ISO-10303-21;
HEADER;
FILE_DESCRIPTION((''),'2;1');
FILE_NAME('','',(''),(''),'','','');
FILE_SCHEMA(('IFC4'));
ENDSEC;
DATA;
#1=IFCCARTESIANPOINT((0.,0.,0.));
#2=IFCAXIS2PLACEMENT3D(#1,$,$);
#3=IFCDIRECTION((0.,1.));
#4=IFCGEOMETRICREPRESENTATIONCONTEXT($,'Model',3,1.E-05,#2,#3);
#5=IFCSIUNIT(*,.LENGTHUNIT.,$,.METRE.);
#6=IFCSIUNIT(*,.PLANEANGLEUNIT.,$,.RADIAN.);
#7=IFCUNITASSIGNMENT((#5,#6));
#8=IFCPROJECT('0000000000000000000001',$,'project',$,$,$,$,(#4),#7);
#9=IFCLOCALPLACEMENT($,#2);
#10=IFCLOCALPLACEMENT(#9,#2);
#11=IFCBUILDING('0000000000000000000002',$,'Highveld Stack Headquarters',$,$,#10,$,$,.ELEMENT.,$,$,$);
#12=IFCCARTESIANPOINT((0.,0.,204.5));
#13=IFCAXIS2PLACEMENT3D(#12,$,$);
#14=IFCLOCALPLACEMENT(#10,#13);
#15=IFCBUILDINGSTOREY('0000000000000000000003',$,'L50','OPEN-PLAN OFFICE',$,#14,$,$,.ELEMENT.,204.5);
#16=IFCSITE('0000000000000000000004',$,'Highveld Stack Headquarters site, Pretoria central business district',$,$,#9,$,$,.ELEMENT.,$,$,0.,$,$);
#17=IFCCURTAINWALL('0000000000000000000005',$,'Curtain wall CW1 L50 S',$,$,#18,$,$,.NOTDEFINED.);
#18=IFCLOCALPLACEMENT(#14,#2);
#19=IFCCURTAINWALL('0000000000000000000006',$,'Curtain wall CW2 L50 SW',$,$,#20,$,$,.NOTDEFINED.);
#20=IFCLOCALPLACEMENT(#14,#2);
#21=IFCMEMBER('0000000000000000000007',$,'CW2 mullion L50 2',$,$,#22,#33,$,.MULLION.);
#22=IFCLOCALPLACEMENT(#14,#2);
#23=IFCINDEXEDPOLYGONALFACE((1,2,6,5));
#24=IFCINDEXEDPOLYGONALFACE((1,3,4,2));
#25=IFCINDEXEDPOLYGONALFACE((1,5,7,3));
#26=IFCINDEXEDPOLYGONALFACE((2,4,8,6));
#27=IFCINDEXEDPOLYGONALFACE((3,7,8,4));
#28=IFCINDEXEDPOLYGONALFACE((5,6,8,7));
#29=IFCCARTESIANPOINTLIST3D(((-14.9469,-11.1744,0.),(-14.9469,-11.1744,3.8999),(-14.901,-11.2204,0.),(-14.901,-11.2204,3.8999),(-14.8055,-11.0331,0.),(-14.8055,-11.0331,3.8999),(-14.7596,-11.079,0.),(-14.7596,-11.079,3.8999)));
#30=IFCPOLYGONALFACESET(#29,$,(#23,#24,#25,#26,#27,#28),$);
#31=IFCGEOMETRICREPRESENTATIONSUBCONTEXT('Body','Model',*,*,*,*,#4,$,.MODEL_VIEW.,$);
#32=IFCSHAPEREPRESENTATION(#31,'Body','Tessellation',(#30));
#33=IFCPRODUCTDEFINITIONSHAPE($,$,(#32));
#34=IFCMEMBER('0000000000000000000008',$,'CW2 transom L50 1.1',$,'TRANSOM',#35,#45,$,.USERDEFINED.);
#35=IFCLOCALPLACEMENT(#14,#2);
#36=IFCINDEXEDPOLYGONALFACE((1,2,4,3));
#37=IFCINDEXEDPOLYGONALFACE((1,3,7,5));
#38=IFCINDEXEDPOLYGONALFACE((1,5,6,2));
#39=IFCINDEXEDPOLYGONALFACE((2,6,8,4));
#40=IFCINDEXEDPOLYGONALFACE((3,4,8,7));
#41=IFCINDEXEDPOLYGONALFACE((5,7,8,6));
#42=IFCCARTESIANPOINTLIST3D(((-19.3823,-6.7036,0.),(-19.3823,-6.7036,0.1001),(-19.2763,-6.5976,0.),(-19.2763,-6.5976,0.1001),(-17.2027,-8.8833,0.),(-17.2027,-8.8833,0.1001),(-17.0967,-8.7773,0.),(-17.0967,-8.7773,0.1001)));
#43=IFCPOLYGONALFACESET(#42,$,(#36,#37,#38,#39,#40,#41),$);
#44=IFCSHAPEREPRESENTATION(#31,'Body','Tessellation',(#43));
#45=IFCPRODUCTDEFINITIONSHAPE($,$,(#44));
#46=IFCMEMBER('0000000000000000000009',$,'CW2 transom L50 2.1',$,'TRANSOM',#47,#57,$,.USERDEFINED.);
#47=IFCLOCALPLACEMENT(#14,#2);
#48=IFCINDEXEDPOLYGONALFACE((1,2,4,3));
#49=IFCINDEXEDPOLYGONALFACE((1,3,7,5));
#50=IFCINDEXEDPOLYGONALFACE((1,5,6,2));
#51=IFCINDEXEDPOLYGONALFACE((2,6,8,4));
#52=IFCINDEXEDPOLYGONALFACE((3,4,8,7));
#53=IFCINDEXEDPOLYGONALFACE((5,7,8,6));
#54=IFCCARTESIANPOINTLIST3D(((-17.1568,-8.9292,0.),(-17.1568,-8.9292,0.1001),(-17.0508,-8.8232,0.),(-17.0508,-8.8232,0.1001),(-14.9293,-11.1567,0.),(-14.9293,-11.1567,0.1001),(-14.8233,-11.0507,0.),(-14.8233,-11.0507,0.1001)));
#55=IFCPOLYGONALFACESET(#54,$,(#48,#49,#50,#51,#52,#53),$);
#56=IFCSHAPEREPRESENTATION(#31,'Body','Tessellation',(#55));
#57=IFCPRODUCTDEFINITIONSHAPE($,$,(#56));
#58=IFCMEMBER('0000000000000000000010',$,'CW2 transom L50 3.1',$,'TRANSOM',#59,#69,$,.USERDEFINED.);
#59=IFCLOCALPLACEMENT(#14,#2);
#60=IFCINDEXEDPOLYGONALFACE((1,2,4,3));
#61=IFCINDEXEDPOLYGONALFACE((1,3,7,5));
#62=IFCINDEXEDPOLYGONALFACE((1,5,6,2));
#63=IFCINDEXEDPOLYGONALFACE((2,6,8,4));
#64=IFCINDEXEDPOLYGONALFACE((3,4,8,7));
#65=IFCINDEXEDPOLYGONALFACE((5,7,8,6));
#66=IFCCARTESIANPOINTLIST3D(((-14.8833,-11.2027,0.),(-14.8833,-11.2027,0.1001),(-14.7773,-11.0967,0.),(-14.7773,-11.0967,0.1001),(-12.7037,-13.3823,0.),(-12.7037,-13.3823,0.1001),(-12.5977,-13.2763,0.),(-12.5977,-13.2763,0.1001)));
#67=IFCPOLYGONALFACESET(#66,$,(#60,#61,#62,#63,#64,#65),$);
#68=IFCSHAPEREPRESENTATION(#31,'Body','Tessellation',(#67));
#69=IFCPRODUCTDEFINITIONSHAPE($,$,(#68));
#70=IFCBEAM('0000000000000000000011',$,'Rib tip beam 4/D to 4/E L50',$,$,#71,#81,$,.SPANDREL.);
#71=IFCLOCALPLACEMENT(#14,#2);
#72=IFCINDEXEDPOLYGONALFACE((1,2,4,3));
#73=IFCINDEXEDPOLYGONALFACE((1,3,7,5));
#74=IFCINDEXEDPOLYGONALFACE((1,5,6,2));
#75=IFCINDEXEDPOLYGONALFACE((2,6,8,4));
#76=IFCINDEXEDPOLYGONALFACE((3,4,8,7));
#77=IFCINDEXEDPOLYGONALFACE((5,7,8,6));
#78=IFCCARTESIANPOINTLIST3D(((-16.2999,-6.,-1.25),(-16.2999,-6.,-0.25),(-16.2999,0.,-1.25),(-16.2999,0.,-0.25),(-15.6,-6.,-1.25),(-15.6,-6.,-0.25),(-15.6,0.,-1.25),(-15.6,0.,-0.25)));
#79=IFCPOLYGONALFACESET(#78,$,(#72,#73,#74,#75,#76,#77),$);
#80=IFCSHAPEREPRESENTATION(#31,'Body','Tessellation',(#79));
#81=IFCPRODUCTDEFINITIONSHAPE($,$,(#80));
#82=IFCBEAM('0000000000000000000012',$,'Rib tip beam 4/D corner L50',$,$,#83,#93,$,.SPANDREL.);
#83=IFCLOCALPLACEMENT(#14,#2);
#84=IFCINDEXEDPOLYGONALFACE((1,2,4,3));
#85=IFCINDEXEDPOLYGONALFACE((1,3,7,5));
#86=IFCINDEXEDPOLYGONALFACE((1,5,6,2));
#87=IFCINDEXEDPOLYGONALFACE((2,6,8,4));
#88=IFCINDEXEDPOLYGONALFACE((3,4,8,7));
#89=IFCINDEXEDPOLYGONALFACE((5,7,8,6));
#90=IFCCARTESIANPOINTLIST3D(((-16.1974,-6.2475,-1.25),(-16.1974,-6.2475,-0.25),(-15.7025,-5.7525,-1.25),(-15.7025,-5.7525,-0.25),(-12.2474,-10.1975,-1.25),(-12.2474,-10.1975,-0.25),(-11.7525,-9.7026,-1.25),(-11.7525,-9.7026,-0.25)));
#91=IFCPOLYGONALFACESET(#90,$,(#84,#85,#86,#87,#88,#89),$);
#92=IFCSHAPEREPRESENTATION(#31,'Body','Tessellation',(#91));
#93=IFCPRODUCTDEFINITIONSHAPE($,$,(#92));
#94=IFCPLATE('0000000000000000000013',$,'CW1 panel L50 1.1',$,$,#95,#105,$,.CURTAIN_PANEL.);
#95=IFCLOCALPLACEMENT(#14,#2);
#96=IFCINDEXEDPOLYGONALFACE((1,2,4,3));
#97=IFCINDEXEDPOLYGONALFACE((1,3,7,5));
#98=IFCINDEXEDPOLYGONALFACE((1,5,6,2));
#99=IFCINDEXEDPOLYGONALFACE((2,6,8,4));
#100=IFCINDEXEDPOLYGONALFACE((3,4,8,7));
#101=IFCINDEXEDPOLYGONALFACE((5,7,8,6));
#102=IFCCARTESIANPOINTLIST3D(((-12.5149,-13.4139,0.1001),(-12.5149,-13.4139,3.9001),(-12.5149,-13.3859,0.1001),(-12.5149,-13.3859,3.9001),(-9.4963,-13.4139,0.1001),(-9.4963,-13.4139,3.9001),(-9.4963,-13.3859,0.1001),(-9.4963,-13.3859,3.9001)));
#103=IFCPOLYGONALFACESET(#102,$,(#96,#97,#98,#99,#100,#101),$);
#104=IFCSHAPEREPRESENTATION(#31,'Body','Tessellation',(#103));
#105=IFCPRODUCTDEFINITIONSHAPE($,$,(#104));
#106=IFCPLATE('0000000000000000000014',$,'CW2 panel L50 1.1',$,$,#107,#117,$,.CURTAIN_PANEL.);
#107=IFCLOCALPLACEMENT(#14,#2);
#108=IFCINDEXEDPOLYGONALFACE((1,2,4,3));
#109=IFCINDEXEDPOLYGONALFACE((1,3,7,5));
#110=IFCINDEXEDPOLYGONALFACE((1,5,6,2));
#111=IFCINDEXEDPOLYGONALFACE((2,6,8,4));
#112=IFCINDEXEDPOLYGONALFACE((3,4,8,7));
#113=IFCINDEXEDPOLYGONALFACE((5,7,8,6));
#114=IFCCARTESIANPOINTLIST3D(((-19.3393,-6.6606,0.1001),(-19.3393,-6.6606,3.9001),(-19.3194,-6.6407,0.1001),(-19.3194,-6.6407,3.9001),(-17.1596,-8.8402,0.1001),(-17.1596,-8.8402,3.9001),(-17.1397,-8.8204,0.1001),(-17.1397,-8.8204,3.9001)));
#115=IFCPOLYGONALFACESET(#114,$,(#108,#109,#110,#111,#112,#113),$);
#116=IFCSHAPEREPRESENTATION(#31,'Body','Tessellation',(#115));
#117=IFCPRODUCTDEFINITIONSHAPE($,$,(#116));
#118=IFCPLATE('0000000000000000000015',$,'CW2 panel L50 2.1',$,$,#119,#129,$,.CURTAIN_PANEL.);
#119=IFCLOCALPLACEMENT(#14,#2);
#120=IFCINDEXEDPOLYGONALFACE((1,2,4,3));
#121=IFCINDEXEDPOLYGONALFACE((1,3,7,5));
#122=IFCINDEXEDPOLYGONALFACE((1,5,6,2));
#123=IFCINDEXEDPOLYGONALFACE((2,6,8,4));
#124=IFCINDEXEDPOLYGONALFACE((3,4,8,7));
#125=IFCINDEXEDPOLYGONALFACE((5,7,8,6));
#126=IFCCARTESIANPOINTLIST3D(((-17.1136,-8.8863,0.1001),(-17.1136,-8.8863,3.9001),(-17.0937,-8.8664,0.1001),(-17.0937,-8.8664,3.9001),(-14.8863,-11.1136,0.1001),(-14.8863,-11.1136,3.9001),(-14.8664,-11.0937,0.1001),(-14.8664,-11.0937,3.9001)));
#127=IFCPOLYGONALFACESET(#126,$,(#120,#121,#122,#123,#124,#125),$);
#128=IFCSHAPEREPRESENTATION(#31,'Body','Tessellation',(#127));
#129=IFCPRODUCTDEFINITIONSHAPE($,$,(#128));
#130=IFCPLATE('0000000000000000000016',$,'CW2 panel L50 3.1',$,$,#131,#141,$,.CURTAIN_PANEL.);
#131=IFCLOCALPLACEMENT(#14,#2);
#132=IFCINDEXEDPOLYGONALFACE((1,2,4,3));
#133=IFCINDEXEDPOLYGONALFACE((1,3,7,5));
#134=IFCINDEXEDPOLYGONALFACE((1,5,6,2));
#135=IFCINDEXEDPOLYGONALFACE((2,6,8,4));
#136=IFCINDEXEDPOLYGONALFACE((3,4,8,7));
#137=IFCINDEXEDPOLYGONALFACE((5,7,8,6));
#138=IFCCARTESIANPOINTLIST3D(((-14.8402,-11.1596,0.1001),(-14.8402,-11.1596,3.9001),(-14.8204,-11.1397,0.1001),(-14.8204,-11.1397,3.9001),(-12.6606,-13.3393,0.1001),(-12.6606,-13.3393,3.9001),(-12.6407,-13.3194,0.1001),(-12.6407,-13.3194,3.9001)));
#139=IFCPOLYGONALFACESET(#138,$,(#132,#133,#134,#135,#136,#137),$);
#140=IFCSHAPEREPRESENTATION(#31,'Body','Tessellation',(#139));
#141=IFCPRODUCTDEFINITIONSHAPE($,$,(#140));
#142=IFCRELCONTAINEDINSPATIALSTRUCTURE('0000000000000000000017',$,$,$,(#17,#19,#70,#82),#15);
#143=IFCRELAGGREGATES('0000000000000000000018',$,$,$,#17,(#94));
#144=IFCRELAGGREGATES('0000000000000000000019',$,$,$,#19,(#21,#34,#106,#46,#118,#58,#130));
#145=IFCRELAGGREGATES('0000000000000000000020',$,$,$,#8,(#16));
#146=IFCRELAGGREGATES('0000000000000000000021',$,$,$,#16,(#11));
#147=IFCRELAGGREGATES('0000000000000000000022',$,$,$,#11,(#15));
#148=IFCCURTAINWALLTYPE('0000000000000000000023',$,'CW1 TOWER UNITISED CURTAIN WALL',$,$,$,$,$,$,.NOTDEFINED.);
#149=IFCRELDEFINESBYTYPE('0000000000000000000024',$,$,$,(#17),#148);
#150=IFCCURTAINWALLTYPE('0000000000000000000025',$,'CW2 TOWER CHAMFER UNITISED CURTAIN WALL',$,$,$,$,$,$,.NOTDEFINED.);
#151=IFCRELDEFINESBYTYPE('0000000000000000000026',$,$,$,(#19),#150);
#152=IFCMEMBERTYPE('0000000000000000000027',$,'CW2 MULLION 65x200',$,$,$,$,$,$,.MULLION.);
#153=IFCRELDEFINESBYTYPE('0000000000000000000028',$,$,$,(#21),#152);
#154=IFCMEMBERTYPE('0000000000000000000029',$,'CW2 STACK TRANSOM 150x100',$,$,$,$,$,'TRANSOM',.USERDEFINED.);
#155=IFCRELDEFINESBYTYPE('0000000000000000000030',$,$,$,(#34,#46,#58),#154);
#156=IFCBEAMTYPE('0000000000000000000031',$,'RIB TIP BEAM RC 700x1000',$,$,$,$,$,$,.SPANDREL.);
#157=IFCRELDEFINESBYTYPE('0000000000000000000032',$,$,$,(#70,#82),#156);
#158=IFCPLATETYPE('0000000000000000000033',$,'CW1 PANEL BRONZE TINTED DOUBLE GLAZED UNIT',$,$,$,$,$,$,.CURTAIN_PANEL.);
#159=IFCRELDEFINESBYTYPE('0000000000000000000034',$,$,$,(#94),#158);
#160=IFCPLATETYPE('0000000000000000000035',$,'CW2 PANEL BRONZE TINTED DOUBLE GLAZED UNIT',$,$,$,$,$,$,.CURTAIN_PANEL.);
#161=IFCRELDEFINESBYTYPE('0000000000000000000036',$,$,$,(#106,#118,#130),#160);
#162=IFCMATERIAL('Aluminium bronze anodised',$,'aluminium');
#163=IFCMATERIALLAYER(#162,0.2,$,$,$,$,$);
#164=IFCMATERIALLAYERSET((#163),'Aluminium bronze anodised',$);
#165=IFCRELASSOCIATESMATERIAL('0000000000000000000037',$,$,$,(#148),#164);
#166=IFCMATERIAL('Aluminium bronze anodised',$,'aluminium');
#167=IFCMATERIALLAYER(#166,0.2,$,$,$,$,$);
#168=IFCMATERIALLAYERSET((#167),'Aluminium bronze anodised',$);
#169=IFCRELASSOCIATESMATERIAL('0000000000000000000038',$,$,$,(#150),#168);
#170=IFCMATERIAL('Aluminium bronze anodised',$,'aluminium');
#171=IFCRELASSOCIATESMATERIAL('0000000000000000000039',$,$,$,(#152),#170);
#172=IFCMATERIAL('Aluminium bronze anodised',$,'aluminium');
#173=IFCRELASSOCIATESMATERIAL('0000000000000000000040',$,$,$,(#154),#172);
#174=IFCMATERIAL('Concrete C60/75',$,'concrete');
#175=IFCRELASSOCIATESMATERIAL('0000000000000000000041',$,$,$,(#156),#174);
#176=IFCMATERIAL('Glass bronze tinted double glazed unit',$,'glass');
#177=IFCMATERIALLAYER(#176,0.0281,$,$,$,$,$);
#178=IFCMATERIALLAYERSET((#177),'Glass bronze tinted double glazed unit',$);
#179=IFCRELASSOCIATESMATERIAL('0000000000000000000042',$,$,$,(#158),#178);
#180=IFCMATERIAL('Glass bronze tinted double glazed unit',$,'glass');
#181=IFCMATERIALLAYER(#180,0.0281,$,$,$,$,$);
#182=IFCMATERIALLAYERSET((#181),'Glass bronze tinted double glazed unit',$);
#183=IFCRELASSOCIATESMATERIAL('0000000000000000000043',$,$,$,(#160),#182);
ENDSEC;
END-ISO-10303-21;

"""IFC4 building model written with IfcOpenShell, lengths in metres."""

from ifc_helpers import new_model, si_unit, direction, frame, origin, origin_2d, place, context, subcontext, project, spatial, rectangle, extrude, material, layer, layer_set, material_profile, profile_set, type_object, element, aggregate, save


model = new_model("IFC4")

# Units and contexts
model_context = context("Model", 3, precision=1e-05, world=origin(), true_north=direction((0.0, 1.0)))
body_context = subcontext(model_context, "Body", "Model", "MODEL_VIEW")
ifc_project = project(units=[si_unit("LENGTHUNIT", "METRE"), si_unit("PLANEANGLEUNIT", "RADIAN")], contexts=[model_context])

# Site, building, storey
site_placement = place(None, origin())
site = spatial("IfcSite", under=ifc_project, at=site_placement, Name="Highveld Stack Headquarters site, Pretoria central business district", CompositionType="ELEMENT", RefElevation=0.0)
building_placement = place(site_placement, origin())
building = spatial("IfcBuilding", under=site, at=building_placement, Name="Highveld Stack Headquarters", CompositionType="ELEMENT")
storey_placement = place(building_placement, frame((0.0, 0.0, 204.5)))
storey = spatial("IfcBuildingStorey", under=building, at=storey_placement, Name="L50", Description="OPEN-PLAN OFFICE", CompositionType="ELEMENT", Elevation=204.5)

# Curtain wall
ifc_material_1 = material(Name="Aluminium bronze anodised", Category="aluminium")
ifc_layer_1 = layer(ifc_material_1, 0.2)
ifc_layer_set_1 = layer_set([ifc_layer_1], Name="Aluminium bronze anodised")
curtain_wall_type_1 = type_object("IfcCurtainWallType", Name="CW1 TOWER UNITISED CURTAIN WALL", PredefinedType="NOTDEFINED", material=ifc_layer_set_1)
curtain_wall_1_placement = place(storey_placement, origin())
curtain_wall_1 = element("IfcCurtainWall", 1, at=curtain_wall_1_placement, inside=storey, type_object=curtain_wall_type_1, Name="Curtain wall CW1 L50 S", PredefinedType="NOTDEFINED")

# Curtain wall, members
ifc_material_2 = material(Name="Aluminium bronze anodised", Category="aluminium")
ifc_layer_2 = layer(ifc_material_2, 0.2)
ifc_layer_set_2 = layer_set([ifc_layer_2], Name="Aluminium bronze anodised")
curtain_wall_type_2 = type_object("IfcCurtainWallType", Name="CW2 TOWER CHAMFER UNITISED CURTAIN WALL", PredefinedType="NOTDEFINED", material=ifc_layer_set_2)
curtain_wall_2_placement = place(storey_placement, origin())
curtain_wall_2 = element("IfcCurtainWall", 2, at=curtain_wall_2_placement, inside=storey, type_object=curtain_wall_type_2, Name="Curtain wall CW2 L50 SW", PredefinedType="NOTDEFINED")
ifc_material_3 = material(Name="Aluminium bronze anodised", Category="aluminium")
ifc_material_profile_1 = material_profile(ifc_material_3, rectangle(XDim=0.2, YDim=0.0649, at=origin_2d()), Name="CW2 MULLION 65x200")
ifc_profile_set_1 = profile_set([ifc_material_profile_1], Name="Aluminium bronze anodised")
member_type_1 = type_object("IfcMemberType", Name="CW2 MULLION 65x200", PredefinedType="MULLION", material=ifc_profile_set_1)
member_1_placement = place(storey_placement, frame((-14.8533, -11.1267, 0.0), z_axis=(0.0, 0.0, 1.0), x_axis=(0.707107, 0.707107, 0.0)))
member_1 = element("IfcMember", 3, at=member_1_placement, type_object=member_type_1, Name="CW2 mullion L50 2", PredefinedType="MULLION", context=body_context, shape_type="SweptSolid", body=[
    extrude(rectangle(XDim=0.2, YDim=0.0649, at=origin_2d()), origin(), (0.0, 0.0, 1.0), 3.8999),
])
ifc_material_4 = material(Name="Aluminium bronze anodised", Category="aluminium")
ifc_material_profile_2 = material_profile(ifc_material_4, rectangle(XDim=0.1499, YDim=0.1001, at=origin_2d()), Name="CW2 TRANSOM 150x100")
ifc_profile_set_2 = profile_set([ifc_material_profile_2], Name="Aluminium bronze anodised")
member_type_2 = type_object("IfcMemberType", Name="CW2 STACK TRANSOM 150x100", ElementType="TRANSOM", PredefinedType="USERDEFINED", material=ifc_profile_set_2)
member_2_placement = place(storey_placement, frame((-19.3293, -6.6506, 0.05), z_axis=(0.707107, -0.707107, 0.0), x_axis=(0.707107, 0.707107, 0.0)))
member_2 = element("IfcMember", 4, at=member_2_placement, type_object=member_type_2, Name="CW2 transom L50 1.1", ObjectType="TRANSOM", PredefinedType="USERDEFINED", context=body_context, shape_type="SweptSolid", body=[
    extrude(rectangle(XDim=0.1499, YDim=0.1001, at=origin_2d()), origin(), (0.0, 0.0, 1.0), 3.0825),
])
member_3_placement = place(storey_placement, frame((-17.1038, -8.8762, 0.05), z_axis=(0.707107, -0.707107, 0.0), x_axis=(0.707107, 0.707107, 0.0)))
member_3 = element("IfcMember", 5, at=member_3_placement, type_object=member_type_2, Name="CW2 transom L50 2.1", ObjectType="TRANSOM", PredefinedType="USERDEFINED", context=body_context, shape_type="SweptSolid", body=[
    extrude(rectangle(XDim=0.1499, YDim=0.1001, at=origin_2d()), origin(), (0.0, 0.0, 1.0), 3.1501),
])
member_4_placement = place(storey_placement, frame((-14.8303, -11.1497, 0.05), z_axis=(0.707107, -0.707107, 0.0), x_axis=(0.707107, 0.707107, 0.0)))
member_4 = element("IfcMember", 6, at=member_4_placement, type_object=member_type_2, Name="CW2 transom L50 3.1", ObjectType="TRANSOM", PredefinedType="USERDEFINED", context=body_context, shape_type="SweptSolid", body=[
    extrude(rectangle(XDim=0.1499, YDim=0.1001, at=origin_2d()), origin(), (0.0, 0.0, 1.0), 3.0825),
])

# Beams
ifc_material_5 = material(Name="Concrete C60/75", Category="concrete")
ifc_material_profile_3 = material_profile(ifc_material_5, rectangle(XDim=0.7, YDim=1.0, at=origin_2d()), Name="RC 700x1000")
ifc_profile_set_3 = profile_set([ifc_material_profile_3], Name="Concrete C60/75")
beam_type_1 = type_object("IfcBeamType", Name="RIB TIP BEAM RC 700x1000", PredefinedType="SPANDREL", material=ifc_profile_set_3)
beam_1_placement = place(storey_placement, frame((-15.95, -6.0, -0.75), z_axis=(0.0, 1.0, 0.0), x_axis=(-1.0, 0.0, 0.0)))
element("IfcBeam", 7, at=beam_1_placement, inside=storey, type_object=beam_type_1, Name="Rib tip beam 4/D to 4/E L50", PredefinedType="SPANDREL", context=body_context, shape_type="SweptSolid", body=[
    extrude(rectangle(XDim=0.7, YDim=1.0, at=origin_2d()), origin(), (0.0, 0.0, 1.0), 6.0),
])
beam_2_placement = place(storey_placement, frame((-15.95, -6.0, -0.75), z_axis=(0.707107, -0.707107, 0.0), x_axis=(0.707107, 0.707107, 0.0)))
element("IfcBeam", 8, at=beam_2_placement, inside=storey, type_object=beam_type_1, Name="Rib tip beam 4/D corner L50", PredefinedType="SPANDREL", context=body_context, shape_type="SweptSolid", body=[
    extrude(rectangle(XDim=0.7, YDim=1.0, at=origin_2d()), origin(), (0.0, 0.0, 1.0), 5.5862),
])

# Plates
ifc_material_6 = material(Name="Glass bronze tinted double glazed unit", Category="glass")
ifc_layer_3 = layer(ifc_material_6, 0.0281)
ifc_layer_set_3 = layer_set([ifc_layer_3], Name="Glass bronze tinted double glazed unit")
plate_type_1 = type_object("IfcPlateType", Name="CW1 PANEL BRONZE TINTED DOUBLE GLAZED UNIT", PredefinedType="CURTAIN_PANEL", material=ifc_layer_set_3)
plate_1_placement = place(storey_placement, frame((-11.0056, -13.3999, 0.1001), z_axis=(0.0, 0.0, 1.0), x_axis=(1.0, 0.0, 0.0)))
plate_1 = element("IfcPlate", 9, at=plate_1_placement, type_object=plate_type_1, Name="CW1 panel L50 1.1", PredefinedType="CURTAIN_PANEL", context=body_context, shape_type="SweptSolid", body=[
    extrude(rectangle(XDim=3.0186, YDim=0.0281, at=origin_2d()), origin(), (0.0, 0.0, 1.0), 3.8),
])
aggregate(curtain_wall_1, [plate_1])
ifc_material_7 = material(Name="Glass bronze tinted double glazed unit", Category="glass")
ifc_layer_4 = layer(ifc_material_7, 0.0281)
ifc_layer_set_4 = layer_set([ifc_layer_4], Name="Glass bronze tinted double glazed unit")
plate_type_2 = type_object("IfcPlateType", Name="CW2 PANEL BRONZE TINTED DOUBLE GLAZED UNIT", PredefinedType="CURTAIN_PANEL", material=ifc_layer_set_4)
plate_2_placement = place(storey_placement, frame((-18.2395, -7.7405, 0.1001), z_axis=(0.0, 0.0, 1.0), x_axis=(0.707107, -0.707107, 0.0)))
plate_2 = element("IfcPlate", 10, at=plate_2_placement, type_object=plate_type_2, Name="CW2 panel L50 1.1", PredefinedType="CURTAIN_PANEL", context=body_context, shape_type="SweptSolid", body=[
    extrude(rectangle(XDim=3.0825, YDim=0.0281, at=origin_2d()), origin(), (0.0, 0.0, 1.0), 3.8),
])
plate_3_placement = place(storey_placement, frame((-15.99, -9.99, 0.1001), z_axis=(0.0, 0.0, 1.0), x_axis=(0.707107, -0.707107, 0.0)))
plate_3 = element("IfcPlate", 11, at=plate_3_placement, type_object=plate_type_2, Name="CW2 panel L50 2.1", PredefinedType="CURTAIN_PANEL", context=body_context, shape_type="SweptSolid", body=[
    extrude(rectangle(XDim=3.1499, YDim=0.0281, at=origin_2d()), origin(), (0.0, 0.0, 1.0), 3.8),
])
plate_4_placement = place(storey_placement, frame((-13.7405, -12.2395, 0.1001), z_axis=(0.0, 0.0, 1.0), x_axis=(0.707107, -0.707107, 0.0)))
plate_4 = element("IfcPlate", 12, at=plate_4_placement, type_object=plate_type_2, Name="CW2 panel L50 3.1", PredefinedType="CURTAIN_PANEL", context=body_context, shape_type="SweptSolid", body=[
    extrude(rectangle(XDim=3.0825, YDim=0.0281, at=origin_2d()), origin(), (0.0, 0.0, 1.0), 3.8),
])
aggregate(curtain_wall_2, [member_1, member_2, plate_2, member_3, plate_3, member_4, plate_4])

save(model, "model.ifc")
